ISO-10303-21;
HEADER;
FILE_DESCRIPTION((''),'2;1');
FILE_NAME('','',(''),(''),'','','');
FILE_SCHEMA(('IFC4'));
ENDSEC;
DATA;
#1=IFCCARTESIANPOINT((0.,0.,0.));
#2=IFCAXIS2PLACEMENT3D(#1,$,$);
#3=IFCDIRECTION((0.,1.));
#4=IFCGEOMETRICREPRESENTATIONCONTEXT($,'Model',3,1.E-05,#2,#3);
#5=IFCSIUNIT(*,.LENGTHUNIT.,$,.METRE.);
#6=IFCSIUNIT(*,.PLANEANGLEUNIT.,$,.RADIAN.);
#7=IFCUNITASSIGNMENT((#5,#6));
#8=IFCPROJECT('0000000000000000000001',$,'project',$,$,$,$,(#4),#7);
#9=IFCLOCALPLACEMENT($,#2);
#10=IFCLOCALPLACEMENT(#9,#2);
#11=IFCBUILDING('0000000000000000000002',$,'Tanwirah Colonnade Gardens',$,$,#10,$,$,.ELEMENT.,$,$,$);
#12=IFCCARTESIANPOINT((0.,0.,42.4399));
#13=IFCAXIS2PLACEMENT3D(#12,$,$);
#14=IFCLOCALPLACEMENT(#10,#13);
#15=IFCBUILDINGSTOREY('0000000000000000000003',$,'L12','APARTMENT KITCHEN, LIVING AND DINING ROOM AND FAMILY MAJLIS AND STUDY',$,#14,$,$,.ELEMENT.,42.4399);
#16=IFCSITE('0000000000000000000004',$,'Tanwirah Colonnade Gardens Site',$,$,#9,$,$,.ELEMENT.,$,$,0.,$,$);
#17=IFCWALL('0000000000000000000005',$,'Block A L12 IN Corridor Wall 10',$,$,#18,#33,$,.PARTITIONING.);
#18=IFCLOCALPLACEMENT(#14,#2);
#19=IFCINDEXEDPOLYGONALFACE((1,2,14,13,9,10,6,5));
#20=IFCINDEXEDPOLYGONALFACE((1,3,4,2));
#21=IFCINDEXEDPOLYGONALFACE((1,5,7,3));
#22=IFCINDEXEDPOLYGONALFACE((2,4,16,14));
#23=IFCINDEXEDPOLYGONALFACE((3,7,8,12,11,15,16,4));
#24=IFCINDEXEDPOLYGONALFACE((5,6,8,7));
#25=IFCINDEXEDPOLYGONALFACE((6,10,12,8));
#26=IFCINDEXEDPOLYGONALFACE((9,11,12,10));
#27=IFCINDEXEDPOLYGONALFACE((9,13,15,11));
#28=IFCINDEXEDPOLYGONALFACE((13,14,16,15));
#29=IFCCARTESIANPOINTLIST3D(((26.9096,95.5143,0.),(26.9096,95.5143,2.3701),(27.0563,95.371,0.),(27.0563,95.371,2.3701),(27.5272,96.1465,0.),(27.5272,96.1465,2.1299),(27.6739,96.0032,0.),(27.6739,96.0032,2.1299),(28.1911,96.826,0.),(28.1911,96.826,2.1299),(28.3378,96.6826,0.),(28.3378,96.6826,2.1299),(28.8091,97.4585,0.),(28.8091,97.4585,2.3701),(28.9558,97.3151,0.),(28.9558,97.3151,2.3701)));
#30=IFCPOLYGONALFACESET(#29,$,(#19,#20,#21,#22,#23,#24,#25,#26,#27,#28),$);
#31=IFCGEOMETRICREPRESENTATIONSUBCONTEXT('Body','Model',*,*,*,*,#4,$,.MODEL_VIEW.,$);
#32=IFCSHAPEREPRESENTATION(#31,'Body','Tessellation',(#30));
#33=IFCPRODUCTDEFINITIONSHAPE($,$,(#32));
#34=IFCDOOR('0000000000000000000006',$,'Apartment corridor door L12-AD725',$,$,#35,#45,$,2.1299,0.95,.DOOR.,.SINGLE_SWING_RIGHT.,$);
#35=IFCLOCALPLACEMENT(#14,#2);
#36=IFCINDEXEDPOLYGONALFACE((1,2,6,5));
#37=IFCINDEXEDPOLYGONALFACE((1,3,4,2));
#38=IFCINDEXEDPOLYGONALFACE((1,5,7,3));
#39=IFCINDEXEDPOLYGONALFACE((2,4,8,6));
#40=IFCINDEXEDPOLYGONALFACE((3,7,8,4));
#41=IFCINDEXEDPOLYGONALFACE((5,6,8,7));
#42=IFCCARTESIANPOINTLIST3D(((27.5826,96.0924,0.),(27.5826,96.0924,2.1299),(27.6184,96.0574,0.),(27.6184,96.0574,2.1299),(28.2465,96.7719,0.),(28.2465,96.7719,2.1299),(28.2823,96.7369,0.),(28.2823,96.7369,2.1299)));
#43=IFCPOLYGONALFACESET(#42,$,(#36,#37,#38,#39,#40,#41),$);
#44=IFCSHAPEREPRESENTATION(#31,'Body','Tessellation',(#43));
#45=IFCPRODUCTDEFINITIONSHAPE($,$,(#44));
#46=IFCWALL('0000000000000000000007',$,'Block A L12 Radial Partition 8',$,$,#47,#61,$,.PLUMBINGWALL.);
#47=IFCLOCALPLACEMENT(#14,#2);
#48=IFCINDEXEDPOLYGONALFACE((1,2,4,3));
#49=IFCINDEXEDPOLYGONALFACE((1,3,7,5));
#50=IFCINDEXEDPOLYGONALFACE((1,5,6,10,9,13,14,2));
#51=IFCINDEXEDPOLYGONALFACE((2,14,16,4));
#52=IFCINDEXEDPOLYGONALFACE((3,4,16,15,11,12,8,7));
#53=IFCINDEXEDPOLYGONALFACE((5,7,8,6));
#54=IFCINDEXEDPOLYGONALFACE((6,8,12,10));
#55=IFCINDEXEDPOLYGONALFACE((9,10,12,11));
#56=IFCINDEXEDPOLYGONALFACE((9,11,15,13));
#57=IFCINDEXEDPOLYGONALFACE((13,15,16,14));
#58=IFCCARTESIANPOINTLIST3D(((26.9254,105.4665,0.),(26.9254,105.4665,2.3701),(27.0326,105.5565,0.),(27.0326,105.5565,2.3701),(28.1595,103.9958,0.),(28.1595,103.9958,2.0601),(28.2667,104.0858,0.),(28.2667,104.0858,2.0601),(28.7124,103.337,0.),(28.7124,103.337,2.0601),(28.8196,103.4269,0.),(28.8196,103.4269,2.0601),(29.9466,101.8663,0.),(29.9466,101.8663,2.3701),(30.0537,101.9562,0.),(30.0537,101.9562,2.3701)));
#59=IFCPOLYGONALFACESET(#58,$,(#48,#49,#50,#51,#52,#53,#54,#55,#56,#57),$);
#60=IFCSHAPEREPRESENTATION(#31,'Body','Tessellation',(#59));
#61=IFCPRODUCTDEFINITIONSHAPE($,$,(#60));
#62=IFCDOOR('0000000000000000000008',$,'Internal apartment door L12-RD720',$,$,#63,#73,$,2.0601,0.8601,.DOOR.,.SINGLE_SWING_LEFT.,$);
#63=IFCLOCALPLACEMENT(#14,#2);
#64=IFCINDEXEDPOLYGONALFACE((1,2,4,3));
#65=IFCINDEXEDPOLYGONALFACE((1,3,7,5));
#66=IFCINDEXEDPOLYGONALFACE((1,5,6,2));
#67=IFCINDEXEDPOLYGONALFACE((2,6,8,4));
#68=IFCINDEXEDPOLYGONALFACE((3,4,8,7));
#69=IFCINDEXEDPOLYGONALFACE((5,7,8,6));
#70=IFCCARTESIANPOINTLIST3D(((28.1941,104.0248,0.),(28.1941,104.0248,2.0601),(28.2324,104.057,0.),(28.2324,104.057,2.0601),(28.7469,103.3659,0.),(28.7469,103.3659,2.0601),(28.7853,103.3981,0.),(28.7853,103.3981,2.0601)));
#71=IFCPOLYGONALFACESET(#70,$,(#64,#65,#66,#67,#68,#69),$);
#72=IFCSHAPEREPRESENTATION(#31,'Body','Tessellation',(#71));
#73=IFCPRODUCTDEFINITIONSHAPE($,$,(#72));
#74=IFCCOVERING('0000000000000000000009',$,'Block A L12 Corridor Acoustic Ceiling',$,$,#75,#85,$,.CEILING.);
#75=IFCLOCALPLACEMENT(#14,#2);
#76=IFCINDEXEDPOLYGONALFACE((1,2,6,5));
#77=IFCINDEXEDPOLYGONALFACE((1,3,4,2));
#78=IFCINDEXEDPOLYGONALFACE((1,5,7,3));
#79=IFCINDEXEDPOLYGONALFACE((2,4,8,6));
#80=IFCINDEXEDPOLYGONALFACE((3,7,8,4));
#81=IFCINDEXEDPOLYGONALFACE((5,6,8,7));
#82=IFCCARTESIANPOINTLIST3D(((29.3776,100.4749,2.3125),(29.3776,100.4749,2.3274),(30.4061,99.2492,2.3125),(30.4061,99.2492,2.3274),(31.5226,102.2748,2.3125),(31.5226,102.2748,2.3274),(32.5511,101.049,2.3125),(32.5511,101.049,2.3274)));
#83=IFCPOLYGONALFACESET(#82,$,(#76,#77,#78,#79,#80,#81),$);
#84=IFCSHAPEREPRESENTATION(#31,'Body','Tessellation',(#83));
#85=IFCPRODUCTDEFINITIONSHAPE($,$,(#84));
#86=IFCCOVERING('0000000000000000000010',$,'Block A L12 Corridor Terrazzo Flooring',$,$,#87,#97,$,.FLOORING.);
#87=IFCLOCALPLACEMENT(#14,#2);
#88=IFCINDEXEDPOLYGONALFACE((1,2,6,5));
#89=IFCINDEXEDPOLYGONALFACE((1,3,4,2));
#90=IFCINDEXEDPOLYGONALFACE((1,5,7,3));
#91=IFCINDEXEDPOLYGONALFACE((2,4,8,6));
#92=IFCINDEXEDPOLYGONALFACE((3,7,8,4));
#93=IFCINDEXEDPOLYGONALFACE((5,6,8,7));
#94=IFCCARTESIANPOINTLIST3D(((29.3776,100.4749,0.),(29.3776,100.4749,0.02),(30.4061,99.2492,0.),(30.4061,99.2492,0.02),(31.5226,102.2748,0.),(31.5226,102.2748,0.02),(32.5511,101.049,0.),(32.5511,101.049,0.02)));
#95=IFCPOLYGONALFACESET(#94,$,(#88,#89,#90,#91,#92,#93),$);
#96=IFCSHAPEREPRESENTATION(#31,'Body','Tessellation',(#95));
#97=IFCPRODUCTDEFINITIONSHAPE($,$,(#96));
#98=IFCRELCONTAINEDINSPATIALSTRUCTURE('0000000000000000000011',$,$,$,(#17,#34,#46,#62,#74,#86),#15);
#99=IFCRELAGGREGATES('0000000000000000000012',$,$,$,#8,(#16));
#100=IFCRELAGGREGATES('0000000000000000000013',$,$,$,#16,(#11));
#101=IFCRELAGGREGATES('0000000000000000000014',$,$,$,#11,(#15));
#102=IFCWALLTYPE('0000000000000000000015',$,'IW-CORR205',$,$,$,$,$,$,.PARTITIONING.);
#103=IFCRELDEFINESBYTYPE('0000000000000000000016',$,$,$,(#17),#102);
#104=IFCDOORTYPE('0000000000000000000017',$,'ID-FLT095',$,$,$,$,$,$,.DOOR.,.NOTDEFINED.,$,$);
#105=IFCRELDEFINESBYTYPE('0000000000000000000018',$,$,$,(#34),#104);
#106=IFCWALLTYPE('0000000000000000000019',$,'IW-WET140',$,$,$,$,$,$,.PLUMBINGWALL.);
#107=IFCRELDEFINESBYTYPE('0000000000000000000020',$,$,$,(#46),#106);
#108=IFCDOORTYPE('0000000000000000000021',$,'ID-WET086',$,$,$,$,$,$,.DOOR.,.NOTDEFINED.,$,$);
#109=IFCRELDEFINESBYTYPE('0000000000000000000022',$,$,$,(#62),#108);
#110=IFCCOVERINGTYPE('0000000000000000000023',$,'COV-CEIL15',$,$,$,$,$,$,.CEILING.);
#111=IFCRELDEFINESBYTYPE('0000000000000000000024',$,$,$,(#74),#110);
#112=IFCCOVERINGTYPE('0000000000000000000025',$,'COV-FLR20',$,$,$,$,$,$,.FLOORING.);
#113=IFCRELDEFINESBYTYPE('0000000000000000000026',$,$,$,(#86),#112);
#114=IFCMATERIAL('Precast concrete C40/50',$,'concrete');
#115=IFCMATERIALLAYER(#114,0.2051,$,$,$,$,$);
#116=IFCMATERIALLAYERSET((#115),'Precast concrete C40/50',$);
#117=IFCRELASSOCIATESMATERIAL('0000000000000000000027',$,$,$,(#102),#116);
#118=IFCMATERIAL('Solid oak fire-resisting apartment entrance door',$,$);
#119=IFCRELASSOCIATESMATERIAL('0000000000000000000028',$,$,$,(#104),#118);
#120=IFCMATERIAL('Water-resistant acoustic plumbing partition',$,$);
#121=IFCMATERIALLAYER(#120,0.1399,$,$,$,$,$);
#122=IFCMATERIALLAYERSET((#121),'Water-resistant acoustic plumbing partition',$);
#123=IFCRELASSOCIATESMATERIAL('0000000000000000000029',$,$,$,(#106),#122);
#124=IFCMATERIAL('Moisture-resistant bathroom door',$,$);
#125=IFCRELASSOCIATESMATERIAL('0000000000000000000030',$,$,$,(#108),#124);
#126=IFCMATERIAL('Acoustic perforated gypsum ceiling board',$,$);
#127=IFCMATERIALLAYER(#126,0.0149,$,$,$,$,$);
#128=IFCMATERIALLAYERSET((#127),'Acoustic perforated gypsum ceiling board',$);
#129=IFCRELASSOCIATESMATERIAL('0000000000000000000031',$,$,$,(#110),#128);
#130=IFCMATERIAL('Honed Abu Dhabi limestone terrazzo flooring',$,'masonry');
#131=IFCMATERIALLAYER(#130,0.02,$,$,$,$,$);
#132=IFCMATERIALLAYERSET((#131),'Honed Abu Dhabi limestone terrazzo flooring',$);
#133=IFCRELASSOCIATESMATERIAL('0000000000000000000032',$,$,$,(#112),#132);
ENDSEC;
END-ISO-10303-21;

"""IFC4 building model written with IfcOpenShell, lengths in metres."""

from ifc_helpers import new_model, si_unit, direction, frame, frame_2d, origin, origin_2d, place, context, subcontext, project, spatial, rectangle, extrude, material, layer, layer_set, type_object, element, fill, save


model = new_model("IFC4")

# Units and contexts
model_context = context("Model", 3, precision=1e-05, world=origin(), true_north=direction((0.0, 1.0)))
body_context = subcontext(model_context, "Body", "Model", "MODEL_VIEW")
ifc_project = project(units=[si_unit("LENGTHUNIT", "METRE"), si_unit("PLANEANGLEUNIT", "RADIAN")], contexts=[model_context])

# Site, building, storey
site_placement = place(None, origin())
site = spatial("IfcSite", under=ifc_project, at=site_placement, Name="Tanwirah Colonnade Gardens Site", CompositionType="ELEMENT", RefElevation=0.0)
building_placement = place(site_placement, origin())
building = spatial("IfcBuilding", under=site, at=building_placement, Name="Tanwirah Colonnade Gardens", CompositionType="ELEMENT")
storey_placement = place(building_placement, frame((0.0, 0.0, 42.4399)))
storey = spatial("IfcBuildingStorey", under=building, at=storey_placement, Name="L12", Description="APARTMENT KITCHEN, LIVING AND DINING ROOM AND FAMILY MAJLIS AND STUDY", CompositionType="ELEMENT", Elevation=42.4399)

# Shared definitions
ifc_material_1 = material(Name="Precast concrete C40/50", Category="concrete")

# Walls, openings, doors
ifc_layer_1 = layer(ifc_material_1, 0.2051)
ifc_layer_set_1 = layer_set([ifc_layer_1], Name="Precast concrete C40/50")
wall_type_1 = type_object("IfcWallType", Name="IW-CORR205", PredefinedType="PARTITIONING", material=ifc_layer_set_1)
ifc_material_2 = material(Name="Solid oak fire-resisting apartment entrance door")
wall_1_placement = place(storey_placement, frame((28.8823, 97.3867, 0.0), z_axis=(0.0, 0.0, 1.0), x_axis=(-0.69884, -0.715278, 0.0)))
wall_1 = element("IfcWall", 1, at=wall_1_placement, inside=storey, type_object=wall_type_1, Name="Block A L12 IN Corridor Wall 10", PredefinedType="PARTITIONING", context=body_context, shape_type="SweptSolid", body=[
    extrude(rectangle(XDim=2.718, YDim=0.2051, at=frame_2d((1.3589, 0.0))), origin(), (0.0, 0.0, 1.0), 2.3701),
])
opening_1_placement = place(wall_1_placement, frame((0.884, 0.0, 0.0)))
opening_1 = element("IfcOpeningElement", 2, at=opening_1_placement, cuts=wall_1, PredefinedType="OPENING", context=body_context, shape_type="SweptSolid", body=[
    extrude(rectangle(XDim=0.95, YDim=2.1299, at=frame_2d((0.4751, 1.0649))), frame((0.0, 0.1125, 0.0), z_axis=(0.0, -1.0, 0.0), x_axis=(1.0, 0.0, 0.0)), (0.0, 0.0, 1.0), 0.2251),
])
door_type_1 = type_object("IfcDoorType", Name="ID-FLT095", OperationType="NOTDEFINED", PredefinedType="DOOR", material=ifc_material_2)
door_1_placement = place(opening_1_placement, origin())
door_1 = element("IfcDoor", 3, at=door_1_placement, inside=storey, type_object=door_type_1, Name="Apartment corridor door L12-AD725", OperationType="SINGLE_SWING_RIGHT", OverallHeight=2.1299, OverallWidth=0.95, PredefinedType="DOOR", context=body_context, shape_type="SweptSolid", body=[
    extrude(rectangle(XDim=0.95, YDim=2.1299, at=frame_2d((0.4751, 1.0649))), frame((0.0, 0.0249, 0.0), z_axis=(0.0, -1.0, 0.0), x_axis=(1.0, 0.0, 0.0)), (0.0, 0.0, 1.0), 0.05),
])
fill(opening_1, door_1)
ifc_material_3 = material(Name="Water-resistant acoustic plumbing partition")
ifc_layer_2 = layer(ifc_material_3, 0.1399)
ifc_layer_set_2 = layer_set([ifc_layer_2], Name="Water-resistant acoustic plumbing partition")
wall_type_2 = type_object("IfcWallType", Name="IW-WET140", PredefinedType="PLUMBINGWALL", material=ifc_layer_set_2)
wall_2_placement = place(storey_placement, frame((30.0002, 101.9111, 0.0), z_axis=(0.0, 0.0, 1.0), x_axis=(-0.642812, 0.766024, 0.0)))
wall_2 = element("IfcWall", 4, at=wall_2_placement, inside=storey, type_object=wall_type_2, Name="Block A L12 Radial Partition 8", PredefinedType="PLUMBINGWALL", context=body_context, shape_type="SweptSolid", body=[
    extrude(rectangle(XDim=4.7, YDim=0.1399, at=frame_2d((2.3501, 0.0))), origin(), (0.0, 0.0, 1.0), 2.3701),
])
opening_2_placement = place(wall_2_placement, frame((1.9199, 0.0, 0.0)))
opening_2 = element("IfcOpeningElement", 5, at=opening_2_placement, cuts=wall_2, PredefinedType="OPENING", context=body_context, shape_type="SweptSolid", body=[
    extrude(rectangle(XDim=0.8601, YDim=2.0601, at=frame_2d((0.4302, 1.03))), frame((0.0, 0.0798, 0.0), z_axis=(0.0, -1.0, 0.0), x_axis=(1.0, 0.0, 0.0)), (0.0, 0.0, 1.0), 0.1599),
])
ifc_material_4 = material(Name="Moisture-resistant bathroom door")
door_type_2 = type_object("IfcDoorType", Name="ID-WET086", OperationType="NOTDEFINED", PredefinedType="DOOR", material=ifc_material_4)
door_2_placement = place(opening_2_placement, origin())
door_2 = element("IfcDoor", 6, at=door_2_placement, inside=storey, type_object=door_type_2, Name="Internal apartment door L12-RD720", OperationType="SINGLE_SWING_LEFT", OverallHeight=2.0601, OverallWidth=0.8601, PredefinedType="DOOR", context=body_context, shape_type="SweptSolid", body=[
    extrude(rectangle(XDim=0.8601, YDim=2.0601, at=frame_2d((0.4302, 1.03))), frame((0.0, 0.0249, 0.0), z_axis=(0.0, -1.0, 0.0), x_axis=(1.0, 0.0, 0.0)), (0.0, 0.0, 1.0), 0.05),
])
fill(opening_2, door_2)

# Coverings
ifc_material_5 = material(Name="Acoustic perforated gypsum ceiling board")
ifc_layer_3 = layer(ifc_material_5, 0.0149)
ifc_layer_set_3 = layer_set([ifc_layer_3], Name="Acoustic perforated gypsum ceiling board")
covering_type_1 = type_object("IfcCoveringType", Name="COV-CEIL15", PredefinedType="CEILING", material=ifc_layer_set_3)
covering_1_placement = place(storey_placement, frame((30.9644, 100.762, 2.3125), z_axis=(0.0, 0.0, 1.0), x_axis=(-0.766044, -0.642788, 0.0)))
element("IfcCovering", 7, at=covering_1_placement, inside=storey, type_object=covering_type_1, Name="Block A L12 Corridor Acoustic Ceiling", PredefinedType="CEILING", context=body_context, shape_type="SweptSolid", body=[
    extrude(rectangle(XDim=2.8, YDim=1.6001, at=origin_2d()), origin(), (0.0, 0.0, 1.0), 0.0149),
])
ifc_material_6 = material(Name="Honed Abu Dhabi limestone terrazzo flooring", Category="masonry")
ifc_layer_4 = layer(ifc_material_6, 0.02)
ifc_layer_set_4 = layer_set([ifc_layer_4], Name="Honed Abu Dhabi limestone terrazzo flooring")
covering_type_2 = type_object("IfcCoveringType", Name="COV-FLR20", PredefinedType="FLOORING", material=ifc_layer_set_4)
covering_2_placement = place(storey_placement, frame((30.9644, 100.762, 0.0), z_axis=(0.0, 0.0, 1.0), x_axis=(-0.766044, -0.642788, 0.0)))
element("IfcCovering", 8, at=covering_2_placement, inside=storey, type_object=covering_type_2, Name="Block A L12 Corridor Terrazzo Flooring", PredefinedType="FLOORING", context=body_context, shape_type="SweptSolid", body=[
    extrude(rectangle(XDim=2.8, YDim=1.6001, at=origin_2d()), origin(), (0.0, 0.0, 1.0), 0.02),
])

save(model, "model.ifc")
